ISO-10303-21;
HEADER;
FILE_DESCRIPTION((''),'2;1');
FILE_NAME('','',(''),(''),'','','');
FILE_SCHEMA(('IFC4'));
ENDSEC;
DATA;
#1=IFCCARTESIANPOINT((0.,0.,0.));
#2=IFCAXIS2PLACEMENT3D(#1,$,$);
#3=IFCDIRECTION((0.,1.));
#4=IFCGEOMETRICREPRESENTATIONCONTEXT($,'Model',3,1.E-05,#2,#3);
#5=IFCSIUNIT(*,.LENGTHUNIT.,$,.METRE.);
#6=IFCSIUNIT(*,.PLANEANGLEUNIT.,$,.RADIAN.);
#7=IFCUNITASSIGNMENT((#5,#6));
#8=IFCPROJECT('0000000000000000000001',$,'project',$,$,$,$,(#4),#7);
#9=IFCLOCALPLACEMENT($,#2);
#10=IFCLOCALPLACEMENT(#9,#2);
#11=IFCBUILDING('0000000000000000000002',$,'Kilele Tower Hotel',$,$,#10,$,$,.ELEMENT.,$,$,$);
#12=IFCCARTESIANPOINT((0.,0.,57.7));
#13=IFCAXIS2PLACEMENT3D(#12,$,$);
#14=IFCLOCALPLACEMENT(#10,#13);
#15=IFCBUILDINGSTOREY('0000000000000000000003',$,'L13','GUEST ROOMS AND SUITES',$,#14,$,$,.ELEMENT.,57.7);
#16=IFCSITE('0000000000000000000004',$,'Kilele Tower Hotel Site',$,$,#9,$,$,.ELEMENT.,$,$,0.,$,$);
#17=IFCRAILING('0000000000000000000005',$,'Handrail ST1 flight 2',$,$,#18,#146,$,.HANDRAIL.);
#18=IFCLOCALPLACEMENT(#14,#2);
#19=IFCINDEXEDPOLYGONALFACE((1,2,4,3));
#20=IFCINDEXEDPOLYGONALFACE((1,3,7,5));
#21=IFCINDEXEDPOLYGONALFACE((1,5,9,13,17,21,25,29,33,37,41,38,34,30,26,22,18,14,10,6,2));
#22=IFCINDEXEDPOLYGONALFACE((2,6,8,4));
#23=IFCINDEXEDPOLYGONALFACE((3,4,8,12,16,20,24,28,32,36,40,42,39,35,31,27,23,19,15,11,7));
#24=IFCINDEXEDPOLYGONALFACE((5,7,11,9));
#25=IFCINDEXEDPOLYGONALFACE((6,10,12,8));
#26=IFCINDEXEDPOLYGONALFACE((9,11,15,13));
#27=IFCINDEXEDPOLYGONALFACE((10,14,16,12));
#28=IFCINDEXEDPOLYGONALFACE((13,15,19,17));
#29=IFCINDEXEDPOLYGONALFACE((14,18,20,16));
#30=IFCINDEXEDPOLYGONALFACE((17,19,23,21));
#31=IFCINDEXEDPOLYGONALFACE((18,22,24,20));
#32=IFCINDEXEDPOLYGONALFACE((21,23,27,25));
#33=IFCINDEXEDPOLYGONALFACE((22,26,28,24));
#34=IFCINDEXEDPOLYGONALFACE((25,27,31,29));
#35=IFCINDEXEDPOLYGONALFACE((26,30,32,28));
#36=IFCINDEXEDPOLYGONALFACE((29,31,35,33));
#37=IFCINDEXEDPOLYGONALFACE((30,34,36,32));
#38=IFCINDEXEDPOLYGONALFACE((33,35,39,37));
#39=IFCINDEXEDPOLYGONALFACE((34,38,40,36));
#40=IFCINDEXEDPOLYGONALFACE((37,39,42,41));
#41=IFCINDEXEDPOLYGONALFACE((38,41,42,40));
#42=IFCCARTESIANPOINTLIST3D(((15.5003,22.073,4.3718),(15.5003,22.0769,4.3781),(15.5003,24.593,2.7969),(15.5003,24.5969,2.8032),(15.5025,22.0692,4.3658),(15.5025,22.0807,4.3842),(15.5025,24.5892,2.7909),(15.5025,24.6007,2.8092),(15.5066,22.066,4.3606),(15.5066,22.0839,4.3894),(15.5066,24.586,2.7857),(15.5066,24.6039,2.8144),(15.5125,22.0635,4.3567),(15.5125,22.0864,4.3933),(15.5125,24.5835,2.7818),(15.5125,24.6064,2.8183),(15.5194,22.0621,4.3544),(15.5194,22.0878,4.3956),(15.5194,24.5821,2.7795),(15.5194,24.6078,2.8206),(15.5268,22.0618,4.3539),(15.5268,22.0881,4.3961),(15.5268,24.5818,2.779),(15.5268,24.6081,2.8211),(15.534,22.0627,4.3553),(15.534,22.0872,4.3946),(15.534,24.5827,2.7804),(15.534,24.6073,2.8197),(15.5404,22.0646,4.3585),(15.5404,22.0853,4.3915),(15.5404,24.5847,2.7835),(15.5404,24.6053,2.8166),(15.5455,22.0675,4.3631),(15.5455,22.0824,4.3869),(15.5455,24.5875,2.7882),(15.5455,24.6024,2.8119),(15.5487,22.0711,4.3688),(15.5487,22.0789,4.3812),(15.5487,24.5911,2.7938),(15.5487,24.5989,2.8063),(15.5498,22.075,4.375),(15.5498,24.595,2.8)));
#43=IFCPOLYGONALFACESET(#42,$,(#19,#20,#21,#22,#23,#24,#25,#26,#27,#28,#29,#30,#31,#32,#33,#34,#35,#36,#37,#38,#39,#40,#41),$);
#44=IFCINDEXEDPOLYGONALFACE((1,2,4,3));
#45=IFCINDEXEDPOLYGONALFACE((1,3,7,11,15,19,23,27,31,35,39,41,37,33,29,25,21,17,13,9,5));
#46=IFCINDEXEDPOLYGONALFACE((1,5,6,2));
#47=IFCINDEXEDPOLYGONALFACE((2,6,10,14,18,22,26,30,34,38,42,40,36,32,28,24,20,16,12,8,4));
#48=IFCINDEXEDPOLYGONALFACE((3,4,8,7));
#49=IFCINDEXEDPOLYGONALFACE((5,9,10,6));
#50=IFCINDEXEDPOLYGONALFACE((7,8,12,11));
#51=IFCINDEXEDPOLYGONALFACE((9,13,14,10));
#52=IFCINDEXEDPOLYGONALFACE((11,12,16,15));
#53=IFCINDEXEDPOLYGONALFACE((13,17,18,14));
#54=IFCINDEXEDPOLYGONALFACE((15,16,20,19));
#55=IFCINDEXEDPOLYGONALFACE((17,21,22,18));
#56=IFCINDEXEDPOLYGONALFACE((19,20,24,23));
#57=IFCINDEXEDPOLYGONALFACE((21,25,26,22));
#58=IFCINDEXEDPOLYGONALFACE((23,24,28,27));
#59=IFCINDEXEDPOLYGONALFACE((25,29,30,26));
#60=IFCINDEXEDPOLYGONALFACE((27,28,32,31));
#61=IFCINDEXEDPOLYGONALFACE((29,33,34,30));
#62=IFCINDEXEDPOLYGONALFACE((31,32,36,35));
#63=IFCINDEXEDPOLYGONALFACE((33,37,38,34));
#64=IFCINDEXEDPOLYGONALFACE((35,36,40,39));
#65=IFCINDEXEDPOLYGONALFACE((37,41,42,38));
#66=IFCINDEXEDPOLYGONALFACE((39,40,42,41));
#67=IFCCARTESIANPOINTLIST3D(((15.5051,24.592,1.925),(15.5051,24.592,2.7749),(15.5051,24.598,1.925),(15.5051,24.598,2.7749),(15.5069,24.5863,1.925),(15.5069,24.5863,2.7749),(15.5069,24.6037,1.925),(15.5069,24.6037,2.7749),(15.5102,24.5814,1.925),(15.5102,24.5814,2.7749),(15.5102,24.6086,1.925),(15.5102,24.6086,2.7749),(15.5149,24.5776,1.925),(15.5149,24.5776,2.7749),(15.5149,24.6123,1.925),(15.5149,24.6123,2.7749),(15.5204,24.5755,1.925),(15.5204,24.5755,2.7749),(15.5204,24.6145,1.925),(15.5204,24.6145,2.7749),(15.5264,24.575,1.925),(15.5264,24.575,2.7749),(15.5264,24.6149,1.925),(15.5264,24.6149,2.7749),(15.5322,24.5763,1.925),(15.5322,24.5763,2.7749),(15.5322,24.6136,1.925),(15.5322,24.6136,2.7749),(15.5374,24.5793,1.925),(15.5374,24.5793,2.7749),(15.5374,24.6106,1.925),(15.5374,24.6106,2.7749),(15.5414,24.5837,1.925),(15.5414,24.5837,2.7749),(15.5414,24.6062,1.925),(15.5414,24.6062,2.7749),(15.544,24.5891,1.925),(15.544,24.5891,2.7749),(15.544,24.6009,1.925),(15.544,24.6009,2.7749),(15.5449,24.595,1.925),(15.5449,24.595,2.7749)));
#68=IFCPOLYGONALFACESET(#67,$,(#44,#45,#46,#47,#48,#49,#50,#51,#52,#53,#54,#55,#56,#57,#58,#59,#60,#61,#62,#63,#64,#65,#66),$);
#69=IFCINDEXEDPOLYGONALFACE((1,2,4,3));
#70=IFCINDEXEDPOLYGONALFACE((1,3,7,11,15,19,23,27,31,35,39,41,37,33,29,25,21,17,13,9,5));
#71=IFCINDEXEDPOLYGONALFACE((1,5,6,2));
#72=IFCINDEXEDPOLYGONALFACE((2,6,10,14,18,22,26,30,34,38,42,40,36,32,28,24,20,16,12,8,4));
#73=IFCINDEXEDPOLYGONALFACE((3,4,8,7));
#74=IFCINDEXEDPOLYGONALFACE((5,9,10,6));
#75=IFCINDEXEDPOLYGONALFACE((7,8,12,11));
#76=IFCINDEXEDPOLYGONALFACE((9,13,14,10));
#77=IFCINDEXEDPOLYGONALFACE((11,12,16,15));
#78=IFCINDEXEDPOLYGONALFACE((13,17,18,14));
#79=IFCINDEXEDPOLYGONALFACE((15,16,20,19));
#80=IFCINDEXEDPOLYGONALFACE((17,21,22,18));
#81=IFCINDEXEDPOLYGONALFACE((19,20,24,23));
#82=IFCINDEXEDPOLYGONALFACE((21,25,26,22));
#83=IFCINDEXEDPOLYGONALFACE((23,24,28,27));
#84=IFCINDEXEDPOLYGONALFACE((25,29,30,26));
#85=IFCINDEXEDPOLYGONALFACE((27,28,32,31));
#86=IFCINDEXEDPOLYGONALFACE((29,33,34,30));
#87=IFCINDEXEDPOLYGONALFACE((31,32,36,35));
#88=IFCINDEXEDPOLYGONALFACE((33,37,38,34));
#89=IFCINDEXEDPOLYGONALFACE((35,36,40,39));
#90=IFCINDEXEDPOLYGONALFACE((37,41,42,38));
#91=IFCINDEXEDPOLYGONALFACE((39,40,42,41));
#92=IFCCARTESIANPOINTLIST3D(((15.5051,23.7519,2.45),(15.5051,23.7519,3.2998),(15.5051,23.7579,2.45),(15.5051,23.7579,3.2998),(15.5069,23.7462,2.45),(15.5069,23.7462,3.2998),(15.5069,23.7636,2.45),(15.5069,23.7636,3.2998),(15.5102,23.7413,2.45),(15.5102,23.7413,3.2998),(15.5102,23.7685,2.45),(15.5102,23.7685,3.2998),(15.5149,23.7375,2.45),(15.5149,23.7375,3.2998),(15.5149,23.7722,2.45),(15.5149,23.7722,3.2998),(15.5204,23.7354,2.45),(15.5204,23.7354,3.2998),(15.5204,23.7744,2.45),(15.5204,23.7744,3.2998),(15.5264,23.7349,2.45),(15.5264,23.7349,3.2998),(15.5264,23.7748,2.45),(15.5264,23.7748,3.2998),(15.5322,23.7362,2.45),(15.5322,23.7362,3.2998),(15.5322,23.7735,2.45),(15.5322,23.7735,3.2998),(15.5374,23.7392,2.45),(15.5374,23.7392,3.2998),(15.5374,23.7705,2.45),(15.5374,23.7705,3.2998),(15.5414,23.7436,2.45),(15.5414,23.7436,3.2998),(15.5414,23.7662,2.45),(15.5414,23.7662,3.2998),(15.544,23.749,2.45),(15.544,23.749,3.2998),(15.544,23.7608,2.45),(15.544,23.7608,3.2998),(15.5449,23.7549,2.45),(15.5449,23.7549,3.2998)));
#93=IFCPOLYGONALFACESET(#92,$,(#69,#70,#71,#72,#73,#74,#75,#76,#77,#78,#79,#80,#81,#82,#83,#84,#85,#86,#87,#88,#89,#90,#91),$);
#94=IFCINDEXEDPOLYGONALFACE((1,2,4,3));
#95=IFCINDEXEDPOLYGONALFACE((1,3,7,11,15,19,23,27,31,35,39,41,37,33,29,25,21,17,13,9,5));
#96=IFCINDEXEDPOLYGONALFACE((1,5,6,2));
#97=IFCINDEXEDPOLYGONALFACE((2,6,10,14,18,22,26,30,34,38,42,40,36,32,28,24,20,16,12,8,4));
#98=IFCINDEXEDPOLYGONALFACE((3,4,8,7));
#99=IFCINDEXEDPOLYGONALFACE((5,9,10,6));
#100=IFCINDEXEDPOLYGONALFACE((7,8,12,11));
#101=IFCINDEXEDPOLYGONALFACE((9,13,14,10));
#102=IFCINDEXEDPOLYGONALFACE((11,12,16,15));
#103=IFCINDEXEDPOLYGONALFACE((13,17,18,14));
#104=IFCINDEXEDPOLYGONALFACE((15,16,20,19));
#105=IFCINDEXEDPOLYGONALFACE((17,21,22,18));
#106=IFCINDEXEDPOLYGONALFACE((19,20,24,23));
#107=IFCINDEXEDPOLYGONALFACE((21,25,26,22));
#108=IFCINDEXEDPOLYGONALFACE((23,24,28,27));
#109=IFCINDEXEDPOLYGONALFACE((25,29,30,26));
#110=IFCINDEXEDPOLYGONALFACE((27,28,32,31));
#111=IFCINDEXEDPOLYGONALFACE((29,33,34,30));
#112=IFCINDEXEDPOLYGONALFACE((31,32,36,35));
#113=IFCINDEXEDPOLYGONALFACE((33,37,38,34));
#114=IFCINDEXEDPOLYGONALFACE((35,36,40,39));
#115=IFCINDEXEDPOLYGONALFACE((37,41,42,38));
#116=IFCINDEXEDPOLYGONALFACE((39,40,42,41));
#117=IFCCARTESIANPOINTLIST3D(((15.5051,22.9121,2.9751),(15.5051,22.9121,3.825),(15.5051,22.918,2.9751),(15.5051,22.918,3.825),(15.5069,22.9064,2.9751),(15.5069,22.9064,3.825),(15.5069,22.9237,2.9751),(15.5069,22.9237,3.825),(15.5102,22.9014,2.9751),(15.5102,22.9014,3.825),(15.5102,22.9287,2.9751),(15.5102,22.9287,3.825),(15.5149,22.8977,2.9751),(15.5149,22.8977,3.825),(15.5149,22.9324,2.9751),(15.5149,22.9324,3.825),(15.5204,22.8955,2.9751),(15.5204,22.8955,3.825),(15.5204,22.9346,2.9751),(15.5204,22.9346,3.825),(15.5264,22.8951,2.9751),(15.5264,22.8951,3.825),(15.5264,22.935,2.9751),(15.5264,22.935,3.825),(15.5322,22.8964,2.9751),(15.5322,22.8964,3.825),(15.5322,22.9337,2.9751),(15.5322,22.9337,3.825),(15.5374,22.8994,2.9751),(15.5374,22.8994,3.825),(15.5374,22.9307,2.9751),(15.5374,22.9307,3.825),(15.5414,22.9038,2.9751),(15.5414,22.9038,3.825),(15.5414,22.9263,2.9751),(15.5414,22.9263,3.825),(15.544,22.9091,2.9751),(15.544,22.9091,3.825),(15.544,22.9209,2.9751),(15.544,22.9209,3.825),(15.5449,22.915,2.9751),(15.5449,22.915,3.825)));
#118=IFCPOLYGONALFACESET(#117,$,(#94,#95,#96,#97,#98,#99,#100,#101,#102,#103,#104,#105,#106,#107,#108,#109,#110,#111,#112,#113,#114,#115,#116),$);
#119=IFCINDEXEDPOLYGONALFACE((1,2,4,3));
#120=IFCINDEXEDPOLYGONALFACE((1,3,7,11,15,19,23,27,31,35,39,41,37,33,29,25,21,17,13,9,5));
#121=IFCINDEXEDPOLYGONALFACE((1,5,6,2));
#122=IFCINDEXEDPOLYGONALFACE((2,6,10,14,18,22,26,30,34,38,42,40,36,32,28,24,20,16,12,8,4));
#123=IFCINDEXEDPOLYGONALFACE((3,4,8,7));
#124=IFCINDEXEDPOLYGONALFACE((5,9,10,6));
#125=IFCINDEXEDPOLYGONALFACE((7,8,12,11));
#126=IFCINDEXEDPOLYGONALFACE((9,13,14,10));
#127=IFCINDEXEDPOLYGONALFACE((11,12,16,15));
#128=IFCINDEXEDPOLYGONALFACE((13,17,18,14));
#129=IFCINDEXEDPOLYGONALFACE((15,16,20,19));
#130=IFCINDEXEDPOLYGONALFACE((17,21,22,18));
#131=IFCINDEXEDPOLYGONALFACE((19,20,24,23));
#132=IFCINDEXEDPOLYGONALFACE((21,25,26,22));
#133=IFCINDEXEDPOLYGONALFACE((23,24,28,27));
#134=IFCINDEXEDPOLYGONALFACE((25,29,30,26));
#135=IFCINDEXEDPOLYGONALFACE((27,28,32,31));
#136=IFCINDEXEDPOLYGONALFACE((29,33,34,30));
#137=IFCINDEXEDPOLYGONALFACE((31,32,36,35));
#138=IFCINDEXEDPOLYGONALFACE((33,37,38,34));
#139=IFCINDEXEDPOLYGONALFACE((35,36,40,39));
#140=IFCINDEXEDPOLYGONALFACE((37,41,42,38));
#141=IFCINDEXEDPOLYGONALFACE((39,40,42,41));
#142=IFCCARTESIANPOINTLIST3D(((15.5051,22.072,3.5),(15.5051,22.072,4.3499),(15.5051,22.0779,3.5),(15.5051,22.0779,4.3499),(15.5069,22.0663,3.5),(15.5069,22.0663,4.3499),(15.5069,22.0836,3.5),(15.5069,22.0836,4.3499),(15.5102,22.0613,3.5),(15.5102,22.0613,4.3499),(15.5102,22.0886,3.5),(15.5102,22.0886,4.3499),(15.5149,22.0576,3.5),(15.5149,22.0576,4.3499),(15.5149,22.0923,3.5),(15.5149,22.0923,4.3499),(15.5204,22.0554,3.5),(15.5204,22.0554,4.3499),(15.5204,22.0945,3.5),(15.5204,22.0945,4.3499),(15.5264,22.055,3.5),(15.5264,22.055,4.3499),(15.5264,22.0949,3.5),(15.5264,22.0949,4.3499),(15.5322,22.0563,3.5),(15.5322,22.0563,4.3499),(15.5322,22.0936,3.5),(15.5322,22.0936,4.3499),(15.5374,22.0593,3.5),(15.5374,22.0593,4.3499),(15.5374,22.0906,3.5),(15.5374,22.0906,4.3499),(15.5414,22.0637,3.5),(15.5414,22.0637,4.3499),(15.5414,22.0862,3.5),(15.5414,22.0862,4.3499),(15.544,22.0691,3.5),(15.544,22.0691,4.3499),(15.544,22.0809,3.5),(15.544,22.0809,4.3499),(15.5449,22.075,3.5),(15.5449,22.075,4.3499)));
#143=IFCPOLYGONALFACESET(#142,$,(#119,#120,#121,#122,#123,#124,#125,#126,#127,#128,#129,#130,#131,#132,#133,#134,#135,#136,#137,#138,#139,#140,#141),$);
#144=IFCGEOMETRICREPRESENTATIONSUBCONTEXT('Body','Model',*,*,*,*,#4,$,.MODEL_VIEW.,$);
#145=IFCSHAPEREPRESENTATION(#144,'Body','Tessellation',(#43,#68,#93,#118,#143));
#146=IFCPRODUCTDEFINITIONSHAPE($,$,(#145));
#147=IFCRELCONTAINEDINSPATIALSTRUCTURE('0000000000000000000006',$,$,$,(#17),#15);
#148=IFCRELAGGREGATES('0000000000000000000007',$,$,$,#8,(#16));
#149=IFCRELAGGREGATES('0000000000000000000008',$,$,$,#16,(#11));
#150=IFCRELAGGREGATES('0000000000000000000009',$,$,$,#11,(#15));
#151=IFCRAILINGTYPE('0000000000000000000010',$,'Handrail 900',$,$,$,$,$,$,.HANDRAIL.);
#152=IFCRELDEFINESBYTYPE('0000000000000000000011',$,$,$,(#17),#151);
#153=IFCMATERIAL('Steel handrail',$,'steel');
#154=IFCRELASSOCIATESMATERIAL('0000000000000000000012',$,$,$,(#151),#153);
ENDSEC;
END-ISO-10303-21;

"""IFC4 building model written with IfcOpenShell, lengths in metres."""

from ifc_helpers import new_model, si_unit, direction, frame, origin, origin_2d, place, context, subcontext, project, spatial, circle, extrude, material, type_object, element, save


model = new_model("IFC4")

# Units and contexts
model_context = context("Model", 3, precision=1e-05, world=origin(), true_north=direction((0.0, 1.0)))
body_context = subcontext(model_context, "Body", "Model", "MODEL_VIEW")
ifc_project = project(units=[si_unit("LENGTHUNIT", "METRE"), si_unit("PLANEANGLEUNIT", "RADIAN")], contexts=[model_context])

# Site, building, storey
site_placement = place(None, origin())
site = spatial("IfcSite", under=ifc_project, at=site_placement, Name="Kilele Tower Hotel Site", CompositionType="ELEMENT", RefElevation=0.0)
building_placement = place(site_placement, origin())
building = spatial("IfcBuilding", under=site, at=building_placement, Name="Kilele Tower Hotel", CompositionType="ELEMENT")
storey_placement = place(building_placement, frame((0.0, 0.0, 57.7)))
storey = spatial("IfcBuildingStorey", under=building, at=storey_placement, Name="L13", Description="GUEST ROOMS AND SUITES", CompositionType="ELEMENT", Elevation=57.7)

# Railing
ifc_material_1 = material(Name="Steel handrail", Category="steel")
railing_type_1 = type_object("IfcRailingType", Name="Handrail 900", PredefinedType="HANDRAIL", material=ifc_material_1)
for number, where, name in (
    (1, (15.5249, 24.595, 1.925), "Handrail ST1 flight 2"),
):
    element("IfcRailing", number, at=place(storey_placement, frame(where)), inside=storey, type_object=railing_type_1, Name=name, PredefinedType="HANDRAIL", context=body_context, shape_type="SweptSolid", body=[
        extrude(circle(Radius=0.0249, at=origin_2d()), frame((0.0, 0.0, 0.875), z_axis=(0.0, -0.848008, 0.529984), x_axis=(1.0, 0.0, 0.0)), (0.0, 0.0, 1.0), 2.9717),
        extrude(circle(Radius=0.02, at=origin_2d()), origin(), (0.0, 0.0, 1.0), 0.8499),
        extrude(circle(Radius=0.02, at=origin_2d()), frame((0.0, -0.8401, 0.5249)), (0.0, 0.0, 1.0), 0.8499),
        extrude(circle(Radius=0.02, at=origin_2d()), frame((0.0, -1.6799, 1.05)), (0.0, 0.0, 1.0), 0.8499),
        extrude(circle(Radius=0.02, at=origin_2d()), frame((0.0, -2.52, 1.575)), (0.0, 0.0, 1.0), 0.8499),
    ])

save(model, "model.ifc")
